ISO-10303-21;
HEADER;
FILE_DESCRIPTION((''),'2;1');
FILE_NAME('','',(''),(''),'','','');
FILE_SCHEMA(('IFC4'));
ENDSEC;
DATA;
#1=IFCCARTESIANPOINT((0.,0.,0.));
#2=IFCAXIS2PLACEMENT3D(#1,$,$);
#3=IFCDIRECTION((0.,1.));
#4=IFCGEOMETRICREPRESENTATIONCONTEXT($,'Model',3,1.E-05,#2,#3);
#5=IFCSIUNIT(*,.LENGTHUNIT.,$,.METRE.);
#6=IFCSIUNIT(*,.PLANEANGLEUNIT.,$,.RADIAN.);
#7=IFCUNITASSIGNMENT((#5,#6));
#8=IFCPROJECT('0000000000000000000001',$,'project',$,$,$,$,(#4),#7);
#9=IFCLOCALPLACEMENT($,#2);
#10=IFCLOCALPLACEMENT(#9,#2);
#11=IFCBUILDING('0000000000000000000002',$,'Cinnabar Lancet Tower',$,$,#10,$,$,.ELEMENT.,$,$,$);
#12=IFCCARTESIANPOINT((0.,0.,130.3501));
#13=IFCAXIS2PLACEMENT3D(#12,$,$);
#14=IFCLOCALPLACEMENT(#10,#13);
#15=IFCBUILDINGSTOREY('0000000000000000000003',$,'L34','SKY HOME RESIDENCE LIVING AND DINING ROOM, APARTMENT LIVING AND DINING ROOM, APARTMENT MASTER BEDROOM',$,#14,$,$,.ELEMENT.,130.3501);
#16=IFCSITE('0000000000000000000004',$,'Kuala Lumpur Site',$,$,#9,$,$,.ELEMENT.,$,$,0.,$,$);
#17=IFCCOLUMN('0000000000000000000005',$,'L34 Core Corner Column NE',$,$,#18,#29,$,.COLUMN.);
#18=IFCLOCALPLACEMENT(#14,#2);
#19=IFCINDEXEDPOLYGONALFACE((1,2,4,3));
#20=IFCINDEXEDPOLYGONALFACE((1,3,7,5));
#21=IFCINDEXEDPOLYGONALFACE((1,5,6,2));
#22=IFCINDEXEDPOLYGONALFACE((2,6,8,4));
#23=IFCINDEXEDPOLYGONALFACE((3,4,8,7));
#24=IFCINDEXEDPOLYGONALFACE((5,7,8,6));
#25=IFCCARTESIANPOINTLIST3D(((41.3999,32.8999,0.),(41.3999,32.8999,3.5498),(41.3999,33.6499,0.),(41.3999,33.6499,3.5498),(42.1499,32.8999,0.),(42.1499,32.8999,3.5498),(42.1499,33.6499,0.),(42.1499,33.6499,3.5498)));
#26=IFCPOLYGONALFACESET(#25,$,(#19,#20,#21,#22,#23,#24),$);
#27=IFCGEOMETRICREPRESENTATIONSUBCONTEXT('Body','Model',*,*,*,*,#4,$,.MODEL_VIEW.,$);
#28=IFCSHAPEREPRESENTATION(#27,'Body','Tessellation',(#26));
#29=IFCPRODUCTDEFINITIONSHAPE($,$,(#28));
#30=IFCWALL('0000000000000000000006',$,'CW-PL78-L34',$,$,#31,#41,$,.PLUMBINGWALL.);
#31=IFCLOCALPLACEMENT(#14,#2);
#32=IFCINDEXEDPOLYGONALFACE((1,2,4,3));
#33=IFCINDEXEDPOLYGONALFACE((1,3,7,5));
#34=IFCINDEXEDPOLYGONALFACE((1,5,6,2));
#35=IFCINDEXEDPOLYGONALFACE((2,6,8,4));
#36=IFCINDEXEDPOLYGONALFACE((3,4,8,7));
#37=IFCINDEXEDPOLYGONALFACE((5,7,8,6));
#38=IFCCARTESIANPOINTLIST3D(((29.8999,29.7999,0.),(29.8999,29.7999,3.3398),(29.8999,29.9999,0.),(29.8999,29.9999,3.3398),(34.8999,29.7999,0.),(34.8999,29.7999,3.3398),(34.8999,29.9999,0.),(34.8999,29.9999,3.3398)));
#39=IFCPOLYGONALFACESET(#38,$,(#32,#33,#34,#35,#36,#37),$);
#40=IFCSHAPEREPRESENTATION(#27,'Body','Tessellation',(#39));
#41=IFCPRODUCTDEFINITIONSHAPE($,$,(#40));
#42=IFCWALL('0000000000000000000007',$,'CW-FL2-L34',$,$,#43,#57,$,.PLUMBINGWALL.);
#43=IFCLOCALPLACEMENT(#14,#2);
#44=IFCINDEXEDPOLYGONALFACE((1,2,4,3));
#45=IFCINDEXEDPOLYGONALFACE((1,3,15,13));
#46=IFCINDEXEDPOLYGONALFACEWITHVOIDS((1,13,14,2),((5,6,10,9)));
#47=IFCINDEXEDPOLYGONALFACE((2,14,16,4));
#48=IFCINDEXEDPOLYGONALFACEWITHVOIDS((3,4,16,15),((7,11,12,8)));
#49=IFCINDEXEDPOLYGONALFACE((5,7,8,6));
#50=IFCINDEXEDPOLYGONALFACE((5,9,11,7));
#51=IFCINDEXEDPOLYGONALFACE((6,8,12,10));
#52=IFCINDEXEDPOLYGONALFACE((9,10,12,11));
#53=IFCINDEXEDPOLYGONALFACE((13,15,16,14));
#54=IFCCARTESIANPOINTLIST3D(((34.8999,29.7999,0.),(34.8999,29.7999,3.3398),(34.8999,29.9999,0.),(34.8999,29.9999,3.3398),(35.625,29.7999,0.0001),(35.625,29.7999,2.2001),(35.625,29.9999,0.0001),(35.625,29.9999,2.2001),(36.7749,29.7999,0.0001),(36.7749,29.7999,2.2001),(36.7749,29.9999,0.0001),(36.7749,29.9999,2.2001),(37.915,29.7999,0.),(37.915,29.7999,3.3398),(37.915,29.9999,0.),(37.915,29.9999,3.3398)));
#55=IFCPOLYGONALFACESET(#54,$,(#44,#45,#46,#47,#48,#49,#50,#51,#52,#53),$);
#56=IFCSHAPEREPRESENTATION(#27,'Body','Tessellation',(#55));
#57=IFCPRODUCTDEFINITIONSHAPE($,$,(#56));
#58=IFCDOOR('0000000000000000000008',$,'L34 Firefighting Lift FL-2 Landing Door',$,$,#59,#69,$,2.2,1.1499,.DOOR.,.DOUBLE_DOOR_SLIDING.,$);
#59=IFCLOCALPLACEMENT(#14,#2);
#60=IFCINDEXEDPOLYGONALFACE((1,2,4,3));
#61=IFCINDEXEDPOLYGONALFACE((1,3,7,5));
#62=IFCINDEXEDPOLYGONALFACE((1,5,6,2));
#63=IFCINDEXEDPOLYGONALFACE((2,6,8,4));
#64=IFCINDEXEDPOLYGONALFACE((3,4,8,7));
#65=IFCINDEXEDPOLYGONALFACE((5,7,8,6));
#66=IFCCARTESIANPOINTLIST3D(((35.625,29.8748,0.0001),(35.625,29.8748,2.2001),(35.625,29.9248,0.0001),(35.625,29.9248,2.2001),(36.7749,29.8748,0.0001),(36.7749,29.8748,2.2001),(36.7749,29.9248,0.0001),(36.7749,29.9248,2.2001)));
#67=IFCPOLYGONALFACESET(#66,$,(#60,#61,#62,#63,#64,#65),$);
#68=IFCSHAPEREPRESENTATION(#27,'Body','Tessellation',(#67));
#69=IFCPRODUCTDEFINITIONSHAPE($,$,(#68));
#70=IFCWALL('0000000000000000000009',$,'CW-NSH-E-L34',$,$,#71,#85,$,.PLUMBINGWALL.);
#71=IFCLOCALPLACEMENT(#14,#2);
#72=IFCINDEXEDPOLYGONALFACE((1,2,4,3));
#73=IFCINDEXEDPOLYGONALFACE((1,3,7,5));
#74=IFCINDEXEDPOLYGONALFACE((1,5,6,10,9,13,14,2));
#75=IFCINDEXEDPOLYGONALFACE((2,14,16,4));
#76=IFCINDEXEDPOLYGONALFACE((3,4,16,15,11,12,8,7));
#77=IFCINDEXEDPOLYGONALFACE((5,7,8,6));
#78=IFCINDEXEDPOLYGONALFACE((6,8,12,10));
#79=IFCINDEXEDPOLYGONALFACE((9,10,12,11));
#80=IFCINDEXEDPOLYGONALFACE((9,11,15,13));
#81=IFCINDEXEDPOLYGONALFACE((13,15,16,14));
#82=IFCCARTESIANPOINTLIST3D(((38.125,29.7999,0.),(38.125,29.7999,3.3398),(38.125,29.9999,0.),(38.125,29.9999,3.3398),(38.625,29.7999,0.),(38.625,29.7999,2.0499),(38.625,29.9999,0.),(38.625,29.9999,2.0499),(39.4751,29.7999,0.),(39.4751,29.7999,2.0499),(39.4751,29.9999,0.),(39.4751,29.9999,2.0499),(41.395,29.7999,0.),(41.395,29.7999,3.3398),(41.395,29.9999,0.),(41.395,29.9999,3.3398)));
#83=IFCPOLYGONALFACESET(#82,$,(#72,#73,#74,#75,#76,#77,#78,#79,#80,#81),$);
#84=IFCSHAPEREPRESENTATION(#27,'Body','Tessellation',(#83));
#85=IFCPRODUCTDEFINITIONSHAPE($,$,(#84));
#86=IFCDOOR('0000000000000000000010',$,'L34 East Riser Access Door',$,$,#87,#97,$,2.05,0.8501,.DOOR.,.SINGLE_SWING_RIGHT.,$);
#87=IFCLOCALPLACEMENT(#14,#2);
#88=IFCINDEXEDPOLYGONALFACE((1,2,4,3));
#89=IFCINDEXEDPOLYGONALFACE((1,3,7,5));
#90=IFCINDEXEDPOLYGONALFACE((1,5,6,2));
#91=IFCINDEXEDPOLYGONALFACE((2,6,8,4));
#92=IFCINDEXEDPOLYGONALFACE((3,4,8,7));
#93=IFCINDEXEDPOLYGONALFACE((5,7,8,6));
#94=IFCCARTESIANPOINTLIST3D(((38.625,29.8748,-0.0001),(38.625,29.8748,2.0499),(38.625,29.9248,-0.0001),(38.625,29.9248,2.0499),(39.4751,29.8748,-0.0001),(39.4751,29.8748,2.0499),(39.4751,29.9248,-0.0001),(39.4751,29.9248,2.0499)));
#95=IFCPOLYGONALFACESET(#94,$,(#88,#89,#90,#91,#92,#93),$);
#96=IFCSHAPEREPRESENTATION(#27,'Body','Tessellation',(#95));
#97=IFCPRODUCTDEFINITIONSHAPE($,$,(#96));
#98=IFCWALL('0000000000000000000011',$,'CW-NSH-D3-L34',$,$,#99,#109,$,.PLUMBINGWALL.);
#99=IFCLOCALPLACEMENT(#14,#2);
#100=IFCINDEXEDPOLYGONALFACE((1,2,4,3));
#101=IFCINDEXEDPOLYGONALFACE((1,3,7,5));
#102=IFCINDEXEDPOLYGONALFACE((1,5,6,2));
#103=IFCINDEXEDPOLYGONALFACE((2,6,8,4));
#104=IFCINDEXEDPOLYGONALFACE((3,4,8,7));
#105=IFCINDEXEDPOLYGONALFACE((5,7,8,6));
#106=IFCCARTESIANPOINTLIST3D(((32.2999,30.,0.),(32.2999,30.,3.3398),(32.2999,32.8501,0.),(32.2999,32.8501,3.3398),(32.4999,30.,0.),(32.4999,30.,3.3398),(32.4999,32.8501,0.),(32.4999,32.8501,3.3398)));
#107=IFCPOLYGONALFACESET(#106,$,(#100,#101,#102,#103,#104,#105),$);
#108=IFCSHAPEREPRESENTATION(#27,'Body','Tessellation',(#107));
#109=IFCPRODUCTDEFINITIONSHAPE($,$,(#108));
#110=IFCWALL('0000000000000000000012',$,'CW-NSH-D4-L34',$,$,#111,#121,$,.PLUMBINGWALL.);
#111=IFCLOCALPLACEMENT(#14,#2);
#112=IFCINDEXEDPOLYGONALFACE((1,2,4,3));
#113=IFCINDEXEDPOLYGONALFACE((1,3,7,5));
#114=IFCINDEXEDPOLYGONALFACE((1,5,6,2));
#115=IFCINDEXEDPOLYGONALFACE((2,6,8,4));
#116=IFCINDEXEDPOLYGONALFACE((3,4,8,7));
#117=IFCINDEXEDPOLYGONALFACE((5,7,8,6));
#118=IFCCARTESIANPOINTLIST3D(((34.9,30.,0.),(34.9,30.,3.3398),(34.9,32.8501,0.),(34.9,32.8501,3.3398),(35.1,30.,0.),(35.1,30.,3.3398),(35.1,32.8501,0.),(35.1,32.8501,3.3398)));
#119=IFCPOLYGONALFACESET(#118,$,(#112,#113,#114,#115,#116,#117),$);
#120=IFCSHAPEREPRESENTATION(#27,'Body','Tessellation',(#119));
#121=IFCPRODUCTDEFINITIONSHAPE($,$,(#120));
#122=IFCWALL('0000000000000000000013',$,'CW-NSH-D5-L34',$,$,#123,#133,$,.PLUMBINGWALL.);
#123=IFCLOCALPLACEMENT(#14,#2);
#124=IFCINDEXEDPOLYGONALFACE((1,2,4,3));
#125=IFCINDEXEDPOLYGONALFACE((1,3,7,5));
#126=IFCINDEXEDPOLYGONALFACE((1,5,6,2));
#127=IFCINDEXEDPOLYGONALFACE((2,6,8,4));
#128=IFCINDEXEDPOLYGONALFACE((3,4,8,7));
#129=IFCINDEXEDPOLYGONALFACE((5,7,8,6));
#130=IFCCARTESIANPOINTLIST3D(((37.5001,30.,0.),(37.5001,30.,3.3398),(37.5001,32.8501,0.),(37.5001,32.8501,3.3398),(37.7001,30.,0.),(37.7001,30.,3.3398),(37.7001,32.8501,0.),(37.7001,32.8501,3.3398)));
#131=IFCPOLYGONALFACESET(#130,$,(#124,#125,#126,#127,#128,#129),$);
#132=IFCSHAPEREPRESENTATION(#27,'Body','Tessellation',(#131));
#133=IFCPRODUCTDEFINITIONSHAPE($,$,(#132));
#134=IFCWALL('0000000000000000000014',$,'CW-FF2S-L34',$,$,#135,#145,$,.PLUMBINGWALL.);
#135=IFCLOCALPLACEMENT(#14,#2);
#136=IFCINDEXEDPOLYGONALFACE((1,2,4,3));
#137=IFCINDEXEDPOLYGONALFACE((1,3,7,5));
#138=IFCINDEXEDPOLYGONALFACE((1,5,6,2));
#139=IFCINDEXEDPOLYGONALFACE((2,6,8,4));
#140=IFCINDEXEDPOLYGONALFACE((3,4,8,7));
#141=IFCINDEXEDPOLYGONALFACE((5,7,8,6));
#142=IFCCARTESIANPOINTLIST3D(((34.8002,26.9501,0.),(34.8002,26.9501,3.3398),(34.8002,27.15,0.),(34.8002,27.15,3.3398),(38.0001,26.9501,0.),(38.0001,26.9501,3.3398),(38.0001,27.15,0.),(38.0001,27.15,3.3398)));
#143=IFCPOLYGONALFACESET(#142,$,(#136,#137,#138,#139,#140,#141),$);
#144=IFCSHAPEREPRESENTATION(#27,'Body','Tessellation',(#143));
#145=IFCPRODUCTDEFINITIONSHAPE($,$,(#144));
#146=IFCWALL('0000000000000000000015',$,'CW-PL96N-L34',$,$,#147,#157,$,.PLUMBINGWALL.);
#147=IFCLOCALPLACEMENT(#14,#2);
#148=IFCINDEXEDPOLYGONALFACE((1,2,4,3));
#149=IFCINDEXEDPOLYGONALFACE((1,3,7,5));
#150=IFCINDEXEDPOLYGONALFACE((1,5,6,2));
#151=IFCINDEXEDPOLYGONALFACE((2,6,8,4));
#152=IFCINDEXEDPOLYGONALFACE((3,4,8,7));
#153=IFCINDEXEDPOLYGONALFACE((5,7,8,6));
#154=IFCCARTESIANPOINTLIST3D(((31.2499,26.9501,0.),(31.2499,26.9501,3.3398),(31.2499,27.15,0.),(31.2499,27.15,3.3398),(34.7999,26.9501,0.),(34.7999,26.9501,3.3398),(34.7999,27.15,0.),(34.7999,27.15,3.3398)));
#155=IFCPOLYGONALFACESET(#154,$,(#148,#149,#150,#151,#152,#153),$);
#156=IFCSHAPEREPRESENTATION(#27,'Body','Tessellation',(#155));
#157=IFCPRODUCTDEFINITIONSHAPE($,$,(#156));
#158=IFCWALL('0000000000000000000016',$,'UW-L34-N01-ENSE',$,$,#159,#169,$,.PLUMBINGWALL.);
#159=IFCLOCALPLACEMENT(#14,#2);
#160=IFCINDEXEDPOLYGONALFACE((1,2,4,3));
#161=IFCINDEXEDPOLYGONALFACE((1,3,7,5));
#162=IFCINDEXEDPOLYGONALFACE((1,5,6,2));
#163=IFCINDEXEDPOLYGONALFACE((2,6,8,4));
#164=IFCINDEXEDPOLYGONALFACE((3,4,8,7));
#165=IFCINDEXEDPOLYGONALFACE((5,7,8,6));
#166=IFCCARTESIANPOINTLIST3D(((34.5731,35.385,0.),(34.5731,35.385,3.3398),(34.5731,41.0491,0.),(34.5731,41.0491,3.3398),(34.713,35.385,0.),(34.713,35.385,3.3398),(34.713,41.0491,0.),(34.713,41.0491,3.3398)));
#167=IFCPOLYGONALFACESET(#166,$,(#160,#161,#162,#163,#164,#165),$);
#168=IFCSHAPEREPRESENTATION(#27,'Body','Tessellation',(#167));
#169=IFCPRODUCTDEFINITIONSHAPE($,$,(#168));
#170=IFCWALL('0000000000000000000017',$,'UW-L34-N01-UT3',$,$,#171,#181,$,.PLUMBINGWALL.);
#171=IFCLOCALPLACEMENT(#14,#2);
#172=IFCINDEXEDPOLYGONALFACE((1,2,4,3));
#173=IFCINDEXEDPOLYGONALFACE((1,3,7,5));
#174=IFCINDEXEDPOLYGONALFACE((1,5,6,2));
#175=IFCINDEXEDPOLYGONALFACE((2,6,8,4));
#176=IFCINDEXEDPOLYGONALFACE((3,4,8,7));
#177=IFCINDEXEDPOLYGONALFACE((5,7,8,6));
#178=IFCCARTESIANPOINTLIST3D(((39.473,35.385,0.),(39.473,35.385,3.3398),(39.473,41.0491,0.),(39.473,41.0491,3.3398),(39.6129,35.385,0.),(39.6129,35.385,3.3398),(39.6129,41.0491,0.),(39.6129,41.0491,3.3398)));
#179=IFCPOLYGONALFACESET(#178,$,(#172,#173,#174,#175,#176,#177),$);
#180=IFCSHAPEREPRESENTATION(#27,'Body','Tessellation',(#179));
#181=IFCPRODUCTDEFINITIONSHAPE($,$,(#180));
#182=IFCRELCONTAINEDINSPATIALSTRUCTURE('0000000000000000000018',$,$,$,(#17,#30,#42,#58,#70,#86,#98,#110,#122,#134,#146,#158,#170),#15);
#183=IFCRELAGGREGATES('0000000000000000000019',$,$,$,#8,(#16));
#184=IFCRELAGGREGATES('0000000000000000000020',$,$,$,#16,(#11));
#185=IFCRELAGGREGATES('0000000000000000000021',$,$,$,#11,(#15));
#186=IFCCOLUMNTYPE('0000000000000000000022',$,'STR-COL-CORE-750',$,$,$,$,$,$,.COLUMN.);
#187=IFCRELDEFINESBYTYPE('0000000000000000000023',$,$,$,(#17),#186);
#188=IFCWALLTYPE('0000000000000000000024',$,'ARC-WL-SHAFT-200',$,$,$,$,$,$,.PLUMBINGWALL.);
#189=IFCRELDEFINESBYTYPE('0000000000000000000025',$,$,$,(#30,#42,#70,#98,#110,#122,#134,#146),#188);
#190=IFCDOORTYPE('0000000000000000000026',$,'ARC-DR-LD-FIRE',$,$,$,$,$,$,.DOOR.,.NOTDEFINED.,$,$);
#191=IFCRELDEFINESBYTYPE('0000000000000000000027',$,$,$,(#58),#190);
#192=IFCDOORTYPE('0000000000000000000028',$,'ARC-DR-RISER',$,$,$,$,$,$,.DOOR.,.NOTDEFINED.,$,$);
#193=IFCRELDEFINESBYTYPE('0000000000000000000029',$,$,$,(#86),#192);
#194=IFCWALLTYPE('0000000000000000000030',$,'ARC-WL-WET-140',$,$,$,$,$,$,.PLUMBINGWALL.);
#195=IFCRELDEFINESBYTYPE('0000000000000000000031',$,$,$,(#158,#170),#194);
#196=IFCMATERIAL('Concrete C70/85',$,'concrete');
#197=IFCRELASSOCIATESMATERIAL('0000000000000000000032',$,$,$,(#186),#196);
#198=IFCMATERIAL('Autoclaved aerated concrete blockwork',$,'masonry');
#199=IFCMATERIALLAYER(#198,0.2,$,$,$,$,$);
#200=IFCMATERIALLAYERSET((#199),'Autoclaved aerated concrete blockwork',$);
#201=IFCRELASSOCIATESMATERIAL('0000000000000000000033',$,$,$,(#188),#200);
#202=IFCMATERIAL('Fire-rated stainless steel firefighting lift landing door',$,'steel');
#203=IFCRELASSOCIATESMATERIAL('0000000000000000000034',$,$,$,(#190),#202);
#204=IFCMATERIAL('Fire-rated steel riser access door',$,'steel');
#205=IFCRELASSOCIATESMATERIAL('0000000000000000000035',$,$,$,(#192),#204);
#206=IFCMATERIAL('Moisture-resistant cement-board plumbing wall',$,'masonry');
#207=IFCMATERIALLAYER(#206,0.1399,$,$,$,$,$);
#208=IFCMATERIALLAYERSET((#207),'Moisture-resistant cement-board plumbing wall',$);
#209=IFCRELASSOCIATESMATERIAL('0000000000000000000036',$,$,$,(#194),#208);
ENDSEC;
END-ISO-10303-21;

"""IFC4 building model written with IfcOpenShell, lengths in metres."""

from ifc_helpers import new_model, si_unit, direction, frame, frame_2d, origin, origin_2d, place, context, subcontext, project, spatial, rectangle, extrude, material, layer, layer_set, material_profile, profile_set, type_object, element, fill, save


model = new_model("IFC4")

# Units and contexts
model_context = context("Model", 3, precision=1e-05, world=origin(), true_north=direction((0.0, 1.0)))
body_context = subcontext(model_context, "Body", "Model", "MODEL_VIEW")
ifc_project = project(units=[si_unit("LENGTHUNIT", "METRE"), si_unit("PLANEANGLEUNIT", "RADIAN")], contexts=[model_context])

# Site, building, storey
site_placement = place(None, origin())
site = spatial("IfcSite", under=ifc_project, at=site_placement, Name="Kuala Lumpur Site", CompositionType="ELEMENT", RefElevation=0.0)
building_placement = place(site_placement, origin())
building = spatial("IfcBuilding", under=site, at=building_placement, Name="Cinnabar Lancet Tower", CompositionType="ELEMENT")
storey_placement = place(building_placement, frame((0.0, 0.0, 130.3501)))
storey = spatial("IfcBuildingStorey", under=building, at=storey_placement, Name="L34", Description="SKY HOME RESIDENCE LIVING AND DINING ROOM, APARTMENT LIVING AND DINING ROOM, APARTMENT MASTER BEDROOM", CompositionType="ELEMENT", Elevation=130.3501)

# Column
ifc_material_1 = material(Name="Concrete C70/85", Category="concrete")
ifc_material_profile = material_profile(ifc_material_1, rectangle(XDim=0.75, YDim=0.75, at=origin_2d()), Name="RC-COL 750x750")
ifc_profile_set = profile_set([ifc_material_profile], Name="Concrete C70/85")
column_type = type_object("IfcColumnType", Name="STR-COL-CORE-750", PredefinedType="COLUMN", material=ifc_profile_set)
column_placement = place(storey_placement, frame((41.7749, 33.2749, 0.0), z_axis=(0.0, 0.0, 1.0), x_axis=(1.0, 0.0, 0.0)))
element("IfcColumn", 1, at=column_placement, inside=storey, type_object=column_type, Name="L34 Core Corner Column NE", PredefinedType="COLUMN", context=body_context, shape_type="SweptSolid", body=[
    extrude(rectangle(XDim=0.75, YDim=0.75, at=origin_2d()), origin(), (0.0, 0.0, 1.0), 3.5498),
])

# Wall
ifc_material_2 = material(Name="Autoclaved aerated concrete blockwork", Category="masonry")
ifc_layer_1 = layer(ifc_material_2, 0.2)
ifc_layer_set_1 = layer_set([ifc_layer_1], Name="Autoclaved aerated concrete blockwork")
wall_type_1 = type_object("IfcWallType", Name="ARC-WL-SHAFT-200", PredefinedType="PLUMBINGWALL", material=ifc_layer_set_1)
wall_1_placement = place(storey_placement, frame((29.8999, 29.8999, 0.0), z_axis=(0.0, 0.0, 1.0), x_axis=(1.0, 0.0, 0.0)))
element("IfcWall", 2, at=wall_1_placement, inside=storey, type_object=wall_type_1, Name="CW-PL78-L34", PredefinedType="PLUMBINGWALL", context=body_context, shape_type="SweptSolid", body=[
    extrude(rectangle(XDim=5.0, YDim=0.2, at=frame_2d((2.5, 0.0))), origin(), (0.0, 0.0, 1.0), 3.3398),
])

# Walls, openings, doors
wall_2_placement = place(storey_placement, frame((34.8999, 29.8999, 0.0), z_axis=(0.0, 0.0, 1.0), x_axis=(1.0, 0.0, 0.0)))
wall_2 = element("IfcWall", 3, at=wall_2_placement, inside=storey, type_object=wall_type_1, Name="CW-FL2-L34", PredefinedType="PLUMBINGWALL", context=body_context, shape_type="SweptSolid", body=[
    extrude(rectangle(XDim=3.0151, YDim=0.2, at=frame_2d((1.5076, 0.0))), origin(), (0.0, 0.0, 1.0), 3.3398),
])
opening_1_placement = place(wall_2_placement, frame((0.7251, 0.0, 0.0)))
opening_1 = element("IfcOpeningElement", 4, at=opening_1_placement, cuts=wall_2, PredefinedType="OPENING", context=body_context, shape_type="SweptSolid", body=[
    extrude(rectangle(XDim=1.1499, YDim=2.2, at=frame_2d((0.575, 1.1001))), frame((0.0, 0.1099, 0.0), z_axis=(0.0, -1.0, 0.0), x_axis=(1.0, 0.0, 0.0)), (0.0, 0.0, 1.0), 0.22),
])
ifc_material_3 = material(Name="Fire-rated stainless steel firefighting lift landing door", Category="steel")
door_type_1 = type_object("IfcDoorType", Name="ARC-DR-LD-FIRE", OperationType="NOTDEFINED", PredefinedType="DOOR", material=ifc_material_3)
door_1_placement = place(opening_1_placement, origin())
door_1 = element("IfcDoor", 5, at=door_1_placement, inside=storey, type_object=door_type_1, Name="L34 Firefighting Lift FL-2 Landing Door", OperationType="DOUBLE_DOOR_SLIDING", OverallHeight=2.2, OverallWidth=1.1499, PredefinedType="DOOR", context=body_context, shape_type="SweptSolid", body=[
    extrude(rectangle(XDim=1.1499, YDim=2.2, at=frame_2d((0.575, 1.1001))), frame((0.0, 0.0249, 0.0), z_axis=(0.0, -1.0, 0.0), x_axis=(1.0, 0.0, 0.0)), (0.0, 0.0, 1.0), 0.05),
])
fill(opening_1, door_1)
wall_3_placement = place(storey_placement, frame((38.125, 29.8999, 0.0), z_axis=(0.0, 0.0, 1.0), x_axis=(1.0, 0.0, 0.0)))
wall_3 = element("IfcWall", 6, at=wall_3_placement, inside=storey, type_object=wall_type_1, Name="CW-NSH-E-L34", PredefinedType="PLUMBINGWALL", context=body_context, shape_type="SweptSolid", body=[
    extrude(rectangle(XDim=3.27, YDim=0.2, at=frame_2d((1.635, 0.0))), origin(), (0.0, 0.0, 1.0), 3.3398),
])
opening_2_placement = place(wall_3_placement, frame((0.5, 0.0, 0.0)))
opening_2 = element("IfcOpeningElement", 7, at=opening_2_placement, cuts=wall_3, PredefinedType="OPENING", context=body_context, shape_type="SweptSolid", body=[
    extrude(rectangle(XDim=0.8501, YDim=2.05, at=frame_2d((0.425, 1.0249))), frame((0.0, 0.1099, 0.0), z_axis=(0.0, -1.0, 0.0), x_axis=(1.0, 0.0, 0.0)), (0.0, 0.0, 1.0), 0.22),
])
ifc_material_4 = material(Name="Fire-rated steel riser access door", Category="steel")
door_type_2 = type_object("IfcDoorType", Name="ARC-DR-RISER", OperationType="NOTDEFINED", PredefinedType="DOOR", material=ifc_material_4)
door_2_placement = place(opening_2_placement, origin())
door_2 = element("IfcDoor", 8, at=door_2_placement, inside=storey, type_object=door_type_2, Name="L34 East Riser Access Door", OperationType="SINGLE_SWING_RIGHT", OverallHeight=2.05, OverallWidth=0.8501, PredefinedType="DOOR", context=body_context, shape_type="SweptSolid", body=[
    extrude(rectangle(XDim=0.8501, YDim=2.05, at=frame_2d((0.425, 1.0249))), frame((0.0, 0.0249, 0.0), z_axis=(0.0, -1.0, 0.0), x_axis=(1.0, 0.0, 0.0)), (0.0, 0.0, 1.0), 0.05),
])
fill(opening_2, door_2)

# Walls
for number, where, z_axis, x_axis, name in (
    (9, (32.3999, 30.0, 0.0), (0.0, 0.0, 1.0), (0.0, 1.0, 0.0), "CW-NSH-D3-L34"),
    (10, (35.0, 30.0, 0.0), (0.0, 0.0, 1.0), (0.0, 1.0, 0.0), "CW-NSH-D4-L34"),
    (11, (37.6001, 30.0, 0.0), (0.0, 0.0, 1.0), (0.0, 1.0, 0.0), "CW-NSH-D5-L34"),
):
    element("IfcWall", number, at=place(storey_placement, frame(where, z_axis=z_axis, x_axis=x_axis)), inside=storey, type_object=wall_type_1, Name=name, PredefinedType="PLUMBINGWALL", context=body_context, shape_type="SweptSolid", body=[
        extrude(rectangle(XDim=2.8501, YDim=0.2, at=frame_2d((1.425, 0.0))), origin(), (0.0, 0.0, 1.0), 3.3398),
    ])

# Walls
wall_4_placement = place(storey_placement, frame((34.8, 27.05, 0.0), z_axis=(0.0, 0.0, 1.0), x_axis=(1.0, 0.0, 0.0)))
element("IfcWall", 12, at=wall_4_placement, inside=storey, type_object=wall_type_1, Name="CW-FF2S-L34", PredefinedType="PLUMBINGWALL", context=body_context, shape_type="SweptSolid", body=[
    extrude(rectangle(XDim=3.2, YDim=0.2, at=frame_2d((1.6001, 0.0))), origin(), (0.0, 0.0, 1.0), 3.3398),
])
wall_5_placement = place(storey_placement, frame((31.25, 27.05, 0.0), z_axis=(0.0, 0.0, 1.0), x_axis=(1.0, 0.0, 0.0)))
element("IfcWall", 13, at=wall_5_placement, inside=storey, type_object=wall_type_1, Name="CW-PL96N-L34", PredefinedType="PLUMBINGWALL", context=body_context, shape_type="SweptSolid", body=[
    extrude(rectangle(XDim=3.55, YDim=0.2, at=frame_2d((1.7749, 0.0))), origin(), (0.0, 0.0, 1.0), 3.3398),
])
ifc_material_5 = material(Name="Moisture-resistant cement-board plumbing wall", Category="masonry")
ifc_layer_2 = layer(ifc_material_5, 0.1399)
ifc_layer_set_2 = layer_set([ifc_layer_2], Name="Moisture-resistant cement-board plumbing wall")
wall_type_2 = type_object("IfcWallType", Name="ARC-WL-WET-140", PredefinedType="PLUMBINGWALL", material=ifc_layer_set_2)
for number, where, z_axis, x_axis, name in (
    (14, (34.6431, 35.385, 0.0), (0.0, 0.0, 1.0), (0.0, 1.0, 0.0), "UW-L34-N01-ENSE"),
    (15, (39.543, 35.385, 0.0), (0.0, 0.0, 1.0), (0.0, 1.0, 0.0), "UW-L34-N01-UT3"),
):
    element("IfcWall", number, at=place(storey_placement, frame(where, z_axis=z_axis, x_axis=x_axis)), inside=storey, type_object=wall_type_2, Name=name, PredefinedType="PLUMBINGWALL", context=body_context, shape_type="SweptSolid", body=[
        extrude(rectangle(XDim=5.6641, YDim=0.1399, at=frame_2d((2.832, 0.0))), origin(), (0.0, 0.0, 1.0), 3.3398),
    ])

save(model, "model.ifc")
